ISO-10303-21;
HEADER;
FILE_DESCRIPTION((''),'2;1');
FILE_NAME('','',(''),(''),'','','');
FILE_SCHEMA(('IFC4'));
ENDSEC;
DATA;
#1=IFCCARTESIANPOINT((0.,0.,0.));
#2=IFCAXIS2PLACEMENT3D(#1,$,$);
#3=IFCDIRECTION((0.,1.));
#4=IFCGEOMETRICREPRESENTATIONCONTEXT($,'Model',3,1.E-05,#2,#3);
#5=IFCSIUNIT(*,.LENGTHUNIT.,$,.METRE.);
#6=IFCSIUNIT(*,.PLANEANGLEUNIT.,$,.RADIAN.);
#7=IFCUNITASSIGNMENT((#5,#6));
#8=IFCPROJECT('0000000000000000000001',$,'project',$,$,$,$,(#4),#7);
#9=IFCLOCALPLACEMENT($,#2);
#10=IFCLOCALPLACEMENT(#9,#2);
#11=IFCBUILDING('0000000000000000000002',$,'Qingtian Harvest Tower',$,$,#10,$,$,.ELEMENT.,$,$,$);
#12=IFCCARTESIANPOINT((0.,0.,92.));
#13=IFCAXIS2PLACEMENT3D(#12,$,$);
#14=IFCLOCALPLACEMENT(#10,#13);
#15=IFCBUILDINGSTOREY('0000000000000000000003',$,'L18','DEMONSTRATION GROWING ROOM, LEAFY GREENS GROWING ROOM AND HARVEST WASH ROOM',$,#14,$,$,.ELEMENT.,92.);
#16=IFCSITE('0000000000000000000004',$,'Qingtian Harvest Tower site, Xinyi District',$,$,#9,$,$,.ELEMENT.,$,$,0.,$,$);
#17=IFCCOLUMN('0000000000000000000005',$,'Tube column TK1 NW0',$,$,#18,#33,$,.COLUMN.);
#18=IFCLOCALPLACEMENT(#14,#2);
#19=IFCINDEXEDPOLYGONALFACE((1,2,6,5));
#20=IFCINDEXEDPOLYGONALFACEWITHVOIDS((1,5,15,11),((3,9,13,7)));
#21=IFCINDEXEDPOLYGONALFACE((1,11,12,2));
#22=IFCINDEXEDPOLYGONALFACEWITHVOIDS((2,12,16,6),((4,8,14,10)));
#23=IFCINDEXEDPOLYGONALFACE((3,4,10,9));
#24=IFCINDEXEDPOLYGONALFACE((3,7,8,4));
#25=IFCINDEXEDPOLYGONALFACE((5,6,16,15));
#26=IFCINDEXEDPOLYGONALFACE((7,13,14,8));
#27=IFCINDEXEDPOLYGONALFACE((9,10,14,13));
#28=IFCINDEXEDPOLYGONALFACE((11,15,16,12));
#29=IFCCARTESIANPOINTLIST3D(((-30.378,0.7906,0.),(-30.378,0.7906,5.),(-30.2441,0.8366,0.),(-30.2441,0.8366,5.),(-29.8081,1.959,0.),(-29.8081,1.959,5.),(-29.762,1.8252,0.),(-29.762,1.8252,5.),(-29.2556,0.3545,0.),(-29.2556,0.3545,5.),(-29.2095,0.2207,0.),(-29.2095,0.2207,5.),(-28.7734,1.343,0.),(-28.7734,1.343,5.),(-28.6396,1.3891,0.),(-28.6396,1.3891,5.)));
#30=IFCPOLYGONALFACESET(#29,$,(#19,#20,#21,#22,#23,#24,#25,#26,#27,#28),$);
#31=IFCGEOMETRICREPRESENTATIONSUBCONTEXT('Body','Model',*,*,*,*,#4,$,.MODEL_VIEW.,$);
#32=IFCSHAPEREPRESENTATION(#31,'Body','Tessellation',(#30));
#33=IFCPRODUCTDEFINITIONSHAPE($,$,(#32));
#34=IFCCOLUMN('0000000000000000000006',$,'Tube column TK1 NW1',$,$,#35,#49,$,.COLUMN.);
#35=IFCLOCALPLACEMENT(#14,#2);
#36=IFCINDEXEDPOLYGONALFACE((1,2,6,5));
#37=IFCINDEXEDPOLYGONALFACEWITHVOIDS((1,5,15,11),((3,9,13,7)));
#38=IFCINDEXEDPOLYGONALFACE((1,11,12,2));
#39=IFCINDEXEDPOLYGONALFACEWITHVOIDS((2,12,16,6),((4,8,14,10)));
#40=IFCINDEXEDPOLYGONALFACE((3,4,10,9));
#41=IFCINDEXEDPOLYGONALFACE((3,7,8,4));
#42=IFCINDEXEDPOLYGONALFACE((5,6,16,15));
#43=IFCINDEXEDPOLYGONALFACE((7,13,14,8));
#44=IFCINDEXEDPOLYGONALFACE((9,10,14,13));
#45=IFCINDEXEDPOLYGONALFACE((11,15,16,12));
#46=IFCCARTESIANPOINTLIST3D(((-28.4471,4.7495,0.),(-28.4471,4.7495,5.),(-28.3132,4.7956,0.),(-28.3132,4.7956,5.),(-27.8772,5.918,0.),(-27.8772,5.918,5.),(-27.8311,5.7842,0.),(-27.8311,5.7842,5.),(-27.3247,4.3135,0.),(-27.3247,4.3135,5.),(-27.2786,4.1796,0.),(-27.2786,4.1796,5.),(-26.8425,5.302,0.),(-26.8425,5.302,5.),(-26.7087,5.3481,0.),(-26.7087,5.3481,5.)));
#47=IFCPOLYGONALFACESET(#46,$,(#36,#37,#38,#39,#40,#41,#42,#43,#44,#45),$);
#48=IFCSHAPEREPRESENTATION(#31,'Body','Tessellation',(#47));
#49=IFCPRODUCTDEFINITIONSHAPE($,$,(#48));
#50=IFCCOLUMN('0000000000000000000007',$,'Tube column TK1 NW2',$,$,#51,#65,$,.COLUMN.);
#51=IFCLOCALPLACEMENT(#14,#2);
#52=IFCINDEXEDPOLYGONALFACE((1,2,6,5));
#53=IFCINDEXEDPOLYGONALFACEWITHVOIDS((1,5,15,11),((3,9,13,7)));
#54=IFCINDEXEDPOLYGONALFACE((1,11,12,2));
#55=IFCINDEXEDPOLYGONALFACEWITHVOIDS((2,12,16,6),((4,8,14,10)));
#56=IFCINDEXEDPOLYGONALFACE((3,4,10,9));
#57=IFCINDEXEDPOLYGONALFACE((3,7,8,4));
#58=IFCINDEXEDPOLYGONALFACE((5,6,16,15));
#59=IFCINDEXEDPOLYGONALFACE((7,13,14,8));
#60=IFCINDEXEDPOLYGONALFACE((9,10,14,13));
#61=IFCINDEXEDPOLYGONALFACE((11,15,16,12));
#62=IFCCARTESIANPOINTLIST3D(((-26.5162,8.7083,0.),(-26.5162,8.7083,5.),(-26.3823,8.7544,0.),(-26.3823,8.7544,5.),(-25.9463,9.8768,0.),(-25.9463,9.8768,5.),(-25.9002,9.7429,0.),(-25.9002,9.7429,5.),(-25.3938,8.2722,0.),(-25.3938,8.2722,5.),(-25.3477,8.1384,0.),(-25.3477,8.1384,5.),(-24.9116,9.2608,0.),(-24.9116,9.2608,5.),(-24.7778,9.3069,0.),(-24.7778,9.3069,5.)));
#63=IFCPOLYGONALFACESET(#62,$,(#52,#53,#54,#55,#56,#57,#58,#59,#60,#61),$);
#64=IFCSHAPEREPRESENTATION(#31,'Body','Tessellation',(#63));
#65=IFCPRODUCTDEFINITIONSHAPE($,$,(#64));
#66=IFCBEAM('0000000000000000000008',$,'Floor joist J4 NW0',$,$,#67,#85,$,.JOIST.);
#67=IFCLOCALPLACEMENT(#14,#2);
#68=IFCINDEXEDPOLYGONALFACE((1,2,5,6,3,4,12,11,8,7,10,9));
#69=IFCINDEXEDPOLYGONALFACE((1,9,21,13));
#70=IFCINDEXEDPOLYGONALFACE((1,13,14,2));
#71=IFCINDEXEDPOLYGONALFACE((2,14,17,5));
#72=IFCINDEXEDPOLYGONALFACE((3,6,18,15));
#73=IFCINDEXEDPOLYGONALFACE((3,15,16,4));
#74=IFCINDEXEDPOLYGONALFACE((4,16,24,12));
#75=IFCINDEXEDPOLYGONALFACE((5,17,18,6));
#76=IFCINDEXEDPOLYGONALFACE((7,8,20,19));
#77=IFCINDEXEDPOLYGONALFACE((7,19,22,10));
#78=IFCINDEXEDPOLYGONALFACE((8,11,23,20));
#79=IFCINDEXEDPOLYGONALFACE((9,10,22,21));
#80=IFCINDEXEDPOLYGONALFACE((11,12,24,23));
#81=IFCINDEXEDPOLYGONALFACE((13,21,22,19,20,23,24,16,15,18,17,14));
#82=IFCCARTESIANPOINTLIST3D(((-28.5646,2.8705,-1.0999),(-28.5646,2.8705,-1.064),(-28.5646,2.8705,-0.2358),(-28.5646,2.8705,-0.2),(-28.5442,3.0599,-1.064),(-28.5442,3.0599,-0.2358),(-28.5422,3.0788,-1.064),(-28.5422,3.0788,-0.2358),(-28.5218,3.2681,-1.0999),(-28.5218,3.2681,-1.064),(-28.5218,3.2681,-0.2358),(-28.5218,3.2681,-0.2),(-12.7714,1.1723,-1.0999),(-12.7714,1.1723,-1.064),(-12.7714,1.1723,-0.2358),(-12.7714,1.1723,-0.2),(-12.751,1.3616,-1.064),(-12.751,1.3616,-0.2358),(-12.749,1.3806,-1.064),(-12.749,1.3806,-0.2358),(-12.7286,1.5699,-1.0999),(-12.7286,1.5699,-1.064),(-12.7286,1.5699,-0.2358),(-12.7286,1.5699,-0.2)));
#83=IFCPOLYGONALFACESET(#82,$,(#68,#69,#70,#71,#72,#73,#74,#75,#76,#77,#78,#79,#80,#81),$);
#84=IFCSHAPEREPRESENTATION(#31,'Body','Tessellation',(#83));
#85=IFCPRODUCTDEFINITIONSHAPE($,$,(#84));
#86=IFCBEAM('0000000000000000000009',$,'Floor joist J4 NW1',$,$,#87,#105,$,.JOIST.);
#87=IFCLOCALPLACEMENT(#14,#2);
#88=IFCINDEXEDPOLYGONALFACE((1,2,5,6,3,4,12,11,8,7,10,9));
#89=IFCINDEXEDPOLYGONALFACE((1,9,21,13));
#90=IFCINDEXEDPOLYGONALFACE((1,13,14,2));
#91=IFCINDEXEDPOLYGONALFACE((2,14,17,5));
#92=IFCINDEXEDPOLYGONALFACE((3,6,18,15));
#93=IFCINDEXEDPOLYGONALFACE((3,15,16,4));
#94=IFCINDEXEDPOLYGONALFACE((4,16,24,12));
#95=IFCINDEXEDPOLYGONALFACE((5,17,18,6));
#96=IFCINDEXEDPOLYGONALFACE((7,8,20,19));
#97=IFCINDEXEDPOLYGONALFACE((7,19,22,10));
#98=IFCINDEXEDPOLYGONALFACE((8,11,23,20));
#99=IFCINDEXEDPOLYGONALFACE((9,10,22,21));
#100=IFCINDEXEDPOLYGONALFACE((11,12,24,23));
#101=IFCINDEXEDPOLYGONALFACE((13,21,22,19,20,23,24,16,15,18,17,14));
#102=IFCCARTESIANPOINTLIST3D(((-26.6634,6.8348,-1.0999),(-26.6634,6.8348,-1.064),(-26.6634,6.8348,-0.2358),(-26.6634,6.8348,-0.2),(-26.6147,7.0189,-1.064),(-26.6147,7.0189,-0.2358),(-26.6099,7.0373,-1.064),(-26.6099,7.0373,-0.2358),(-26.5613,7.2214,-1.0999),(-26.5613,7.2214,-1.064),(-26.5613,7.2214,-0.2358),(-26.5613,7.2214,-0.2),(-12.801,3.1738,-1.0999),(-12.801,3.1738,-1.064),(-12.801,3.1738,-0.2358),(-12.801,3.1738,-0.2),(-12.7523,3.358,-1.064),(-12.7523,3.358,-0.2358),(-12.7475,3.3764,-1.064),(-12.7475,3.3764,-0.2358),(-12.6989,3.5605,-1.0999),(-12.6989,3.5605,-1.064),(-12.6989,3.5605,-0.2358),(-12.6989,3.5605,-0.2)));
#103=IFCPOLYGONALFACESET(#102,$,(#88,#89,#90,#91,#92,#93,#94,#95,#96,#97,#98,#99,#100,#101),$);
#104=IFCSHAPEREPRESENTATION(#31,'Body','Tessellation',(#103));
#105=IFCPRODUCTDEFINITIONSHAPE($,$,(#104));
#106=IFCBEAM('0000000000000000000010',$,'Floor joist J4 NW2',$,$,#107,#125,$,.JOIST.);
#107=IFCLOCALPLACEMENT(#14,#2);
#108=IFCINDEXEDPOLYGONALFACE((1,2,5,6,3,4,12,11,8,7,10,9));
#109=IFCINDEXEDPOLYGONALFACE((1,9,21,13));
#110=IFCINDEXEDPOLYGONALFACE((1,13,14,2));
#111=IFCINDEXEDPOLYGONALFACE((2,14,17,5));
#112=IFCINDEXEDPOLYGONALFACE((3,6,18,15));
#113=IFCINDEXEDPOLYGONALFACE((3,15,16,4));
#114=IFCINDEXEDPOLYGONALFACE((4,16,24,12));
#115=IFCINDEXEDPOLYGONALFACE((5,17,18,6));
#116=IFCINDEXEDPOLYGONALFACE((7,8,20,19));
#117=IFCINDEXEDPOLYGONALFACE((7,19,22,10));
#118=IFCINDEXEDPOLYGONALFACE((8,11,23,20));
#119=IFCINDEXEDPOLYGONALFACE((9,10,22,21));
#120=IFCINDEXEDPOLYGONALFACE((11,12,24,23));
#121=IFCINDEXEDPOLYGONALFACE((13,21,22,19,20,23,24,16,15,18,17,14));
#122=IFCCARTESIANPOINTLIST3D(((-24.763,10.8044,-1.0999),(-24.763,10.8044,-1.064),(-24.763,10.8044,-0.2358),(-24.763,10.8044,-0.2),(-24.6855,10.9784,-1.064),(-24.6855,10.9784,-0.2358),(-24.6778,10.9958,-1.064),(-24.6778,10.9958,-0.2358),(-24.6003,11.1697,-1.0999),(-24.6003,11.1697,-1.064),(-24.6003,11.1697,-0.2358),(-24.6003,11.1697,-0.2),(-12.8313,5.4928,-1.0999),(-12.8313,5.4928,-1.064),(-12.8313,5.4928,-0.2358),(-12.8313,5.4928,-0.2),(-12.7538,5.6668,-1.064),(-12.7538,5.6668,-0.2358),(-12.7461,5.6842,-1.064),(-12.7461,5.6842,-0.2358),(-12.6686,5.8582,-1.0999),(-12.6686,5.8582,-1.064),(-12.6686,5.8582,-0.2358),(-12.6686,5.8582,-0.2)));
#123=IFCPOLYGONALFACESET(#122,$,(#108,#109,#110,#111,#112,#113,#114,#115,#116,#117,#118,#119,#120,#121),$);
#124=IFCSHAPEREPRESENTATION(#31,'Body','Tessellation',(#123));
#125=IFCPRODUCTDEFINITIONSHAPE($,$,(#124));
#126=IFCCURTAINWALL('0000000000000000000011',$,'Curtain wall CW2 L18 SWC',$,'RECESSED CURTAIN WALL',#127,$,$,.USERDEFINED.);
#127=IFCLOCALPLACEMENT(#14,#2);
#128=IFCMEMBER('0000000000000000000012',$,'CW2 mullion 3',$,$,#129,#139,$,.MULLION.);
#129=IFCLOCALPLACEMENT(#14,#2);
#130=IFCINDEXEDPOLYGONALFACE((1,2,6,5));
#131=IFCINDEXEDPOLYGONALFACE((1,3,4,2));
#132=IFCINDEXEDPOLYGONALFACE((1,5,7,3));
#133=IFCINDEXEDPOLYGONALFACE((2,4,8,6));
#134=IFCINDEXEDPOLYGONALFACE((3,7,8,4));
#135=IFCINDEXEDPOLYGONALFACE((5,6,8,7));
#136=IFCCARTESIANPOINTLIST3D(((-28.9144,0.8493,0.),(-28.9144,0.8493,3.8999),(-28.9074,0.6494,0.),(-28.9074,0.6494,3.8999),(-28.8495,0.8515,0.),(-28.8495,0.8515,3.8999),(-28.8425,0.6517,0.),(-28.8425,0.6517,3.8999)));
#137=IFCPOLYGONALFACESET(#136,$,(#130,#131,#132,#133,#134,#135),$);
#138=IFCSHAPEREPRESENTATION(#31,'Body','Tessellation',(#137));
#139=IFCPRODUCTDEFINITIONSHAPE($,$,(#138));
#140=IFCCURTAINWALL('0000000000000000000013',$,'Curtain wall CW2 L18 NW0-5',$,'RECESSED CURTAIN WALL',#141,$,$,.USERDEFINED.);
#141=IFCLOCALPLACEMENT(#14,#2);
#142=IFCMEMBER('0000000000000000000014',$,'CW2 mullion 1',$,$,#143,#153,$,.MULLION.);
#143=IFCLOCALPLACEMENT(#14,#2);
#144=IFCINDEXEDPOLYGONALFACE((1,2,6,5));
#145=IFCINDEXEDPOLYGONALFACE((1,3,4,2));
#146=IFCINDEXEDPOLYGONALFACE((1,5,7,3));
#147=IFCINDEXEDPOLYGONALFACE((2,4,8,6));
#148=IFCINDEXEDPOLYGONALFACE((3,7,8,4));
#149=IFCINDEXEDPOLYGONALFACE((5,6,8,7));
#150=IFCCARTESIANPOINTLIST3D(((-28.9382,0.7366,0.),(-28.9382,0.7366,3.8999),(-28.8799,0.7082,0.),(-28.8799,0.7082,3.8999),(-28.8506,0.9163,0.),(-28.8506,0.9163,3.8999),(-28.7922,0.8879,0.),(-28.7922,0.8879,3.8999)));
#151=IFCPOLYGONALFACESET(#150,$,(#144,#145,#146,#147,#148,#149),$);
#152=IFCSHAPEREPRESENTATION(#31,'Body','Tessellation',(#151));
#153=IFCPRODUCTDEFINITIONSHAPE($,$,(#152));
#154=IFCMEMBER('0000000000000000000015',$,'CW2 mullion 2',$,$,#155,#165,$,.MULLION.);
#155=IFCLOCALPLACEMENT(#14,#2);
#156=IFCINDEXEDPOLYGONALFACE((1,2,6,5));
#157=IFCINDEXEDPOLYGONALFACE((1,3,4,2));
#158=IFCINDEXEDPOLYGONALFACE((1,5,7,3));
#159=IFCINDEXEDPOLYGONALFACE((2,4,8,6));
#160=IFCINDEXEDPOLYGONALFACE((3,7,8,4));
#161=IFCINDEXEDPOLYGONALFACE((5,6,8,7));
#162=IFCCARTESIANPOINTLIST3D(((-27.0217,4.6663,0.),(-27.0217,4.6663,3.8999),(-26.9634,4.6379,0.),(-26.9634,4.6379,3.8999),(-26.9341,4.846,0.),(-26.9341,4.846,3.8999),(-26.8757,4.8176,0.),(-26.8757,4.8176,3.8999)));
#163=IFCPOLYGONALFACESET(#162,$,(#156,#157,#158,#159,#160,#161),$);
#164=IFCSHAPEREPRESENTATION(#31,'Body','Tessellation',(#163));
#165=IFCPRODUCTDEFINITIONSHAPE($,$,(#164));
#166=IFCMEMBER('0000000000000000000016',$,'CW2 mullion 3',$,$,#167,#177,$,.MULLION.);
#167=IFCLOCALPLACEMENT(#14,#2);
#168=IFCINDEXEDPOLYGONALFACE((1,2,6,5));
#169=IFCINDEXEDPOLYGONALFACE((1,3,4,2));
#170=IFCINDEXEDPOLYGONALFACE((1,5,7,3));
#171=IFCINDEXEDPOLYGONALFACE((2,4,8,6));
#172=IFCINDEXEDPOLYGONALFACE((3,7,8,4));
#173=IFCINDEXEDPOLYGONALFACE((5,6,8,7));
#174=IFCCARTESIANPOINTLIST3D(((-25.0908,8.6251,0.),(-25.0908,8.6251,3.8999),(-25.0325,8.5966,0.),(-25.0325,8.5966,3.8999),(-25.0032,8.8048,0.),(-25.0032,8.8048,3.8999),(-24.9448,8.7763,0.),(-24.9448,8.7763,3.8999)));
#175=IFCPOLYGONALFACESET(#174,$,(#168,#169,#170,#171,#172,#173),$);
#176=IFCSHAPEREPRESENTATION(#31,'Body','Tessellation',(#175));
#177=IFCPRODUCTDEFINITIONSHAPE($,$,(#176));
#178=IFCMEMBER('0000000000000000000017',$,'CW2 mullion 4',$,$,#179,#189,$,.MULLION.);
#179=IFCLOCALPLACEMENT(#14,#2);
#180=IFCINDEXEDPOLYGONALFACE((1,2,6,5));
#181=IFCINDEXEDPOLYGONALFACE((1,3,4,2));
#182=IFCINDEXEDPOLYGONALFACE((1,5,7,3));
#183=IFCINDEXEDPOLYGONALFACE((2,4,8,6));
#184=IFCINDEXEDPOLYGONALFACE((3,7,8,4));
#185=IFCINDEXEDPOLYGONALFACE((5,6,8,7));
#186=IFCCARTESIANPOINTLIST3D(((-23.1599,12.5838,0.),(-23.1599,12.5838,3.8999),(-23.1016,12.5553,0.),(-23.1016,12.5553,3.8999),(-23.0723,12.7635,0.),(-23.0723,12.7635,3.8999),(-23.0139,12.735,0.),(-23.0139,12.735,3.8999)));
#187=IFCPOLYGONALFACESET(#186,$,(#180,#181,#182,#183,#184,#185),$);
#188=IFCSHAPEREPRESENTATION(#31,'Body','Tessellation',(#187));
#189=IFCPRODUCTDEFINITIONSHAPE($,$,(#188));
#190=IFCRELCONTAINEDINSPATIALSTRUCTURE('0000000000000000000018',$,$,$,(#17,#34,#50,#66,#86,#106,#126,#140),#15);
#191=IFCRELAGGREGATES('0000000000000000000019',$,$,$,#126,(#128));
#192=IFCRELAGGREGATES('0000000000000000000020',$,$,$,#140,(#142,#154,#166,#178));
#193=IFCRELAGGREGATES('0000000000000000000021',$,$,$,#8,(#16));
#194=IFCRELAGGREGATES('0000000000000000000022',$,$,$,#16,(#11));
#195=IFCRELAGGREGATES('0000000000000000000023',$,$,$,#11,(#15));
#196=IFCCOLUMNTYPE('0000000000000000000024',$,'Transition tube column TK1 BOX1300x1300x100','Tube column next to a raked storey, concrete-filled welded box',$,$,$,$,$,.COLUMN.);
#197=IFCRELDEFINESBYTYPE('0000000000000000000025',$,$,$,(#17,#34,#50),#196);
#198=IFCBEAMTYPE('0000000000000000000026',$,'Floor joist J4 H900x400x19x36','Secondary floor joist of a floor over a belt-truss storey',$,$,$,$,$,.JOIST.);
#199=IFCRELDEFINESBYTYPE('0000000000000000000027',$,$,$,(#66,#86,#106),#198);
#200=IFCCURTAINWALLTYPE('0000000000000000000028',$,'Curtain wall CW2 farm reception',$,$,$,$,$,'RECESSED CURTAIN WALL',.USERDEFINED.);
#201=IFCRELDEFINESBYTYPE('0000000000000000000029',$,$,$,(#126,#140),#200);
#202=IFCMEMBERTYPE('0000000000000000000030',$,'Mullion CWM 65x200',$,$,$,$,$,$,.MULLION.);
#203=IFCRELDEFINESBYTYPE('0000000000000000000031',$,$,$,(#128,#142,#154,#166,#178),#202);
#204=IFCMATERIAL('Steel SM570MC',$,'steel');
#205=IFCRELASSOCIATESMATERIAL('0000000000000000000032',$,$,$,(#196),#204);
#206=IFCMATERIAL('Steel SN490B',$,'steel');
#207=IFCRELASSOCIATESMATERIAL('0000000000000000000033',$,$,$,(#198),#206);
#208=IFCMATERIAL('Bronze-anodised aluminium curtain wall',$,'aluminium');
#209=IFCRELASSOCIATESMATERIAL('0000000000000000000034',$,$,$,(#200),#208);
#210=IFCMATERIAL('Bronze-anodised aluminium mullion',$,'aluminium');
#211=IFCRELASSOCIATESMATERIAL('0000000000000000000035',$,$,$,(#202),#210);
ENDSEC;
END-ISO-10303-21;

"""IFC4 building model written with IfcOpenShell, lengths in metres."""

from ifc_helpers import new_model, si_unit, direction, frame, origin, origin_2d, place, context, subcontext, project, spatial, rectangle, hollow_rectangle, i_section, extrude, material, material_profile, profile_set, type_object, element, aggregate, save


model = new_model("IFC4")

# Units and contexts
model_context = context("Model", 3, precision=1e-05, world=origin(), true_north=direction((0.0, 1.0)))
body_context = subcontext(model_context, "Body", "Model", "MODEL_VIEW")
ifc_project = project(units=[si_unit("LENGTHUNIT", "METRE"), si_unit("PLANEANGLEUNIT", "RADIAN")], contexts=[model_context])

# Site, building, storey
site_placement = place(None, origin())
site = spatial("IfcSite", under=ifc_project, at=site_placement, Name="Qingtian Harvest Tower site, Xinyi District", CompositionType="ELEMENT", RefElevation=0.0)
building_placement = place(site_placement, origin())
building = spatial("IfcBuilding", under=site, at=building_placement, Name="Qingtian Harvest Tower", CompositionType="ELEMENT")
storey_placement = place(building_placement, frame((0.0, 0.0, 92.0)))
storey = spatial("IfcBuildingStorey", under=building, at=storey_placement, Name="L18", Description="DEMONSTRATION GROWING ROOM, LEAFY GREENS GROWING ROOM AND HARVEST WASH ROOM", CompositionType="ELEMENT", Elevation=92.0)

# Columns
ifc_material_1 = material(Name="Steel SM570MC", Category="steel")
ifc_material_profile_1 = material_profile(ifc_material_1, hollow_rectangle(XDim=1.3, YDim=1.3, WallThickness=0.1001, at=origin_2d()), Name="BOX1300x1300x100")
ifc_profile_set_1 = profile_set([ifc_material_profile_1], Name="Steel SM570MC")
column_type = type_object("IfcColumnType", Name="Transition tube column TK1 BOX1300x1300x100", Description="Tube column next to a raked storey, concrete-filled welded box", PredefinedType="COLUMN", material=ifc_profile_set_1)
for number, where, z_axis, x_axis, name in (
    (1, (-29.5088, 1.0898, 0.0), (0.0, 0.0, 1.0), (-0.438371, -0.898794, 0.0), "Tube column TK1 NW0"),
    (2, (-27.5779, 5.0488, 0.0), (0.0, 0.0, 1.0), (-0.438371, -0.898794, 0.0), "Tube column TK1 NW1"),
    (3, (-25.647, 9.0076, 0.0), (0.0, 0.0, 1.0), (-0.438371, -0.898794, 0.0), "Tube column TK1 NW2"),
):
    element("IfcColumn", number, at=place(storey_placement, frame(where, z_axis=z_axis, x_axis=x_axis)), inside=storey, type_object=column_type, Name=name, PredefinedType="COLUMN", context=body_context, shape_type="SweptSolid", body=[
        extrude(hollow_rectangle(XDim=1.3, YDim=1.3, WallThickness=0.1001, at=origin_2d()), origin(), (0.0, 0.0, 1.0), 5.0),
    ])

# Beams
ifc_material_2 = material(Name="Steel SN490B", Category="steel")
ifc_material_profile_2 = material_profile(ifc_material_2, i_section(OverallWidth=0.3999, OverallDepth=0.8999, WebThickness=0.019, FlangeThickness=0.0359, at=origin_2d()), Name="H900x400x19x36")
ifc_profile_set_2 = profile_set([ifc_material_profile_2], Name="Steel SN490B")
beam_type_1 = type_object("IfcBeamType", Name="Floor joist J4 H900x400x19x36", Description="Secondary floor joist of a floor over a belt-truss storey", PredefinedType="JOIST", material=ifc_profile_set_2)
beam_1_placement = place(storey_placement, frame((-28.5432, 3.0693, -0.6499), z_axis=(0.994268, -0.106914, 0.0), x_axis=(0.106914, 0.994268, 0.0)))
element("IfcBeam", 4, at=beam_1_placement, inside=storey, type_object=beam_type_1, Name="Floor joist J4 NW0", PredefinedType="JOIST", context=body_context, shape_type="SweptSolid", body=[
    extrude(i_section(OverallWidth=0.3999, OverallDepth=0.8999, WebThickness=0.019, FlangeThickness=0.0359, at=origin_2d()), origin(), (0.0, 0.0, 1.0), 15.8843),
])
beam_2_placement = place(storey_placement, frame((-26.6123, 7.0281, -0.6499), z_axis=(0.966852, -0.255336, 0.0), x_axis=(0.255336, 0.966852, 0.0)))
element("IfcBeam", 5, at=beam_2_placement, inside=storey, type_object=beam_type_1, Name="Floor joist J4 NW1", PredefinedType="JOIST", context=body_context, shape_type="SweptSolid", body=[
    extrude(i_section(OverallWidth=0.3999, OverallDepth=0.8999, WebThickness=0.019, FlangeThickness=0.0359, at=origin_2d()), origin(), (0.0, 0.0, 1.0), 14.3376),
])
beam_3_placement = place(storey_placement, frame((-24.6816, 10.9871, -0.6499), z_axis=(0.913568, -0.406686, 0.0), x_axis=(0.406686, 0.913568, 0.0)))
element("IfcBeam", 6, at=beam_3_placement, inside=storey, type_object=beam_type_1, Name="Floor joist J4 NW2", PredefinedType="JOIST", context=body_context, shape_type="SweptSolid", body=[
    extrude(i_section(OverallWidth=0.3999, OverallDepth=0.8999, WebThickness=0.019, FlangeThickness=0.0359, at=origin_2d()), origin(), (0.0, 0.0, 1.0), 13.0605),
])

# Curtain wall, member
ifc_material_3 = material(Name="Bronze-anodised aluminium curtain wall", Category="aluminium")
curtain_wall_type = type_object("IfcCurtainWallType", Name="Curtain wall CW2 farm reception", ElementType="RECESSED CURTAIN WALL", PredefinedType="USERDEFINED", material=ifc_material_3)
curtain_wall_1_placement = place(storey_placement, origin())
curtain_wall_1 = element("IfcCurtainWall", 7, at=curtain_wall_1_placement, inside=storey, type_object=curtain_wall_type, Name="Curtain wall CW2 L18 SWC", ObjectType="RECESSED CURTAIN WALL", PredefinedType="USERDEFINED")
ifc_material_4 = material(Name="Bronze-anodised aluminium mullion", Category="aluminium")
ifc_material_profile_3 = material_profile(ifc_material_4, rectangle(XDim=0.0649, YDim=0.2, at=origin_2d()), Name="AL 65x200")
ifc_profile_set_3 = profile_set([ifc_material_profile_3], Name="Bronze-anodised aluminium mullion")
member_type_1 = type_object("IfcMemberType", Name="Mullion CWM 65x200", PredefinedType="MULLION", material=ifc_profile_set_3)
member_1_placement = place(storey_placement, frame((-28.8784, 0.7505, 0.0), z_axis=(0.0, 0.0, 1.0), x_axis=(-0.999391, -0.034899, 0.0)))
member_1 = element("IfcMember", 8, at=member_1_placement, type_object=member_type_1, Name="CW2 mullion 3", PredefinedType="MULLION", context=body_context, shape_type="SweptSolid", body=[
    extrude(rectangle(XDim=0.0649, YDim=0.2, at=origin_2d()), origin(), (0.0, 0.0, 1.0), 3.8999),
])
aggregate(curtain_wall_1, [member_1])

# Curtain wall, members
curtain_wall_2_placement = place(storey_placement, origin())
curtain_wall_2 = element("IfcCurtainWall", 9, at=curtain_wall_2_placement, inside=storey, type_object=curtain_wall_type, Name="Curtain wall CW2 L18 NW0-5", ObjectType="RECESSED CURTAIN WALL", PredefinedType="USERDEFINED")
member_2_placement = place(storey_placement, frame((-28.8652, 0.8123, 0.0), z_axis=(0.0, 0.0, 1.0), x_axis=(-0.898794, 0.438371, 0.0)))
member_2 = element("IfcMember", 10, at=member_2_placement, type_object=member_type_1, Name="CW2 mullion 1", PredefinedType="MULLION", context=body_context, shape_type="SweptSolid", body=[
    extrude(rectangle(XDim=0.0649, YDim=0.2, at=origin_2d()), origin(), (0.0, 0.0, 1.0), 3.8999),
])
member_3_placement = place(storey_placement, frame((-26.9487, 4.7419, 0.0), z_axis=(0.0, 0.0, 1.0), x_axis=(-0.898794, 0.438371, 0.0)))
member_3 = element("IfcMember", 11, at=member_3_placement, type_object=member_type_1, Name="CW2 mullion 2", PredefinedType="MULLION", context=body_context, shape_type="SweptSolid", body=[
    extrude(rectangle(XDim=0.0649, YDim=0.2, at=origin_2d()), origin(), (0.0, 0.0, 1.0), 3.8999),
])
member_4_placement = place(storey_placement, frame((-25.0178, 8.7007, 0.0), z_axis=(0.0, 0.0, 1.0), x_axis=(-0.898794, 0.438371, 0.0)))
member_4 = element("IfcMember", 12, at=member_4_placement, type_object=member_type_1, Name="CW2 mullion 3", PredefinedType="MULLION", context=body_context, shape_type="SweptSolid", body=[
    extrude(rectangle(XDim=0.0649, YDim=0.2, at=origin_2d()), origin(), (0.0, 0.0, 1.0), 3.8999),
])
member_5_placement = place(storey_placement, frame((-23.0869, 12.6594, 0.0), z_axis=(0.0, 0.0, 1.0), x_axis=(-0.898794, 0.438371, 0.0)))
member_5 = element("IfcMember", 13, at=member_5_placement, type_object=member_type_1, Name="CW2 mullion 4", PredefinedType="MULLION", context=body_context, shape_type="SweptSolid", body=[
    extrude(rectangle(XDim=0.0649, YDim=0.2, at=origin_2d()), origin(), (0.0, 0.0, 1.0), 3.8999),
])

aggregate(curtain_wall_2, [member_2, member_3, member_4, member_5])

save(model, "model.ifc")
